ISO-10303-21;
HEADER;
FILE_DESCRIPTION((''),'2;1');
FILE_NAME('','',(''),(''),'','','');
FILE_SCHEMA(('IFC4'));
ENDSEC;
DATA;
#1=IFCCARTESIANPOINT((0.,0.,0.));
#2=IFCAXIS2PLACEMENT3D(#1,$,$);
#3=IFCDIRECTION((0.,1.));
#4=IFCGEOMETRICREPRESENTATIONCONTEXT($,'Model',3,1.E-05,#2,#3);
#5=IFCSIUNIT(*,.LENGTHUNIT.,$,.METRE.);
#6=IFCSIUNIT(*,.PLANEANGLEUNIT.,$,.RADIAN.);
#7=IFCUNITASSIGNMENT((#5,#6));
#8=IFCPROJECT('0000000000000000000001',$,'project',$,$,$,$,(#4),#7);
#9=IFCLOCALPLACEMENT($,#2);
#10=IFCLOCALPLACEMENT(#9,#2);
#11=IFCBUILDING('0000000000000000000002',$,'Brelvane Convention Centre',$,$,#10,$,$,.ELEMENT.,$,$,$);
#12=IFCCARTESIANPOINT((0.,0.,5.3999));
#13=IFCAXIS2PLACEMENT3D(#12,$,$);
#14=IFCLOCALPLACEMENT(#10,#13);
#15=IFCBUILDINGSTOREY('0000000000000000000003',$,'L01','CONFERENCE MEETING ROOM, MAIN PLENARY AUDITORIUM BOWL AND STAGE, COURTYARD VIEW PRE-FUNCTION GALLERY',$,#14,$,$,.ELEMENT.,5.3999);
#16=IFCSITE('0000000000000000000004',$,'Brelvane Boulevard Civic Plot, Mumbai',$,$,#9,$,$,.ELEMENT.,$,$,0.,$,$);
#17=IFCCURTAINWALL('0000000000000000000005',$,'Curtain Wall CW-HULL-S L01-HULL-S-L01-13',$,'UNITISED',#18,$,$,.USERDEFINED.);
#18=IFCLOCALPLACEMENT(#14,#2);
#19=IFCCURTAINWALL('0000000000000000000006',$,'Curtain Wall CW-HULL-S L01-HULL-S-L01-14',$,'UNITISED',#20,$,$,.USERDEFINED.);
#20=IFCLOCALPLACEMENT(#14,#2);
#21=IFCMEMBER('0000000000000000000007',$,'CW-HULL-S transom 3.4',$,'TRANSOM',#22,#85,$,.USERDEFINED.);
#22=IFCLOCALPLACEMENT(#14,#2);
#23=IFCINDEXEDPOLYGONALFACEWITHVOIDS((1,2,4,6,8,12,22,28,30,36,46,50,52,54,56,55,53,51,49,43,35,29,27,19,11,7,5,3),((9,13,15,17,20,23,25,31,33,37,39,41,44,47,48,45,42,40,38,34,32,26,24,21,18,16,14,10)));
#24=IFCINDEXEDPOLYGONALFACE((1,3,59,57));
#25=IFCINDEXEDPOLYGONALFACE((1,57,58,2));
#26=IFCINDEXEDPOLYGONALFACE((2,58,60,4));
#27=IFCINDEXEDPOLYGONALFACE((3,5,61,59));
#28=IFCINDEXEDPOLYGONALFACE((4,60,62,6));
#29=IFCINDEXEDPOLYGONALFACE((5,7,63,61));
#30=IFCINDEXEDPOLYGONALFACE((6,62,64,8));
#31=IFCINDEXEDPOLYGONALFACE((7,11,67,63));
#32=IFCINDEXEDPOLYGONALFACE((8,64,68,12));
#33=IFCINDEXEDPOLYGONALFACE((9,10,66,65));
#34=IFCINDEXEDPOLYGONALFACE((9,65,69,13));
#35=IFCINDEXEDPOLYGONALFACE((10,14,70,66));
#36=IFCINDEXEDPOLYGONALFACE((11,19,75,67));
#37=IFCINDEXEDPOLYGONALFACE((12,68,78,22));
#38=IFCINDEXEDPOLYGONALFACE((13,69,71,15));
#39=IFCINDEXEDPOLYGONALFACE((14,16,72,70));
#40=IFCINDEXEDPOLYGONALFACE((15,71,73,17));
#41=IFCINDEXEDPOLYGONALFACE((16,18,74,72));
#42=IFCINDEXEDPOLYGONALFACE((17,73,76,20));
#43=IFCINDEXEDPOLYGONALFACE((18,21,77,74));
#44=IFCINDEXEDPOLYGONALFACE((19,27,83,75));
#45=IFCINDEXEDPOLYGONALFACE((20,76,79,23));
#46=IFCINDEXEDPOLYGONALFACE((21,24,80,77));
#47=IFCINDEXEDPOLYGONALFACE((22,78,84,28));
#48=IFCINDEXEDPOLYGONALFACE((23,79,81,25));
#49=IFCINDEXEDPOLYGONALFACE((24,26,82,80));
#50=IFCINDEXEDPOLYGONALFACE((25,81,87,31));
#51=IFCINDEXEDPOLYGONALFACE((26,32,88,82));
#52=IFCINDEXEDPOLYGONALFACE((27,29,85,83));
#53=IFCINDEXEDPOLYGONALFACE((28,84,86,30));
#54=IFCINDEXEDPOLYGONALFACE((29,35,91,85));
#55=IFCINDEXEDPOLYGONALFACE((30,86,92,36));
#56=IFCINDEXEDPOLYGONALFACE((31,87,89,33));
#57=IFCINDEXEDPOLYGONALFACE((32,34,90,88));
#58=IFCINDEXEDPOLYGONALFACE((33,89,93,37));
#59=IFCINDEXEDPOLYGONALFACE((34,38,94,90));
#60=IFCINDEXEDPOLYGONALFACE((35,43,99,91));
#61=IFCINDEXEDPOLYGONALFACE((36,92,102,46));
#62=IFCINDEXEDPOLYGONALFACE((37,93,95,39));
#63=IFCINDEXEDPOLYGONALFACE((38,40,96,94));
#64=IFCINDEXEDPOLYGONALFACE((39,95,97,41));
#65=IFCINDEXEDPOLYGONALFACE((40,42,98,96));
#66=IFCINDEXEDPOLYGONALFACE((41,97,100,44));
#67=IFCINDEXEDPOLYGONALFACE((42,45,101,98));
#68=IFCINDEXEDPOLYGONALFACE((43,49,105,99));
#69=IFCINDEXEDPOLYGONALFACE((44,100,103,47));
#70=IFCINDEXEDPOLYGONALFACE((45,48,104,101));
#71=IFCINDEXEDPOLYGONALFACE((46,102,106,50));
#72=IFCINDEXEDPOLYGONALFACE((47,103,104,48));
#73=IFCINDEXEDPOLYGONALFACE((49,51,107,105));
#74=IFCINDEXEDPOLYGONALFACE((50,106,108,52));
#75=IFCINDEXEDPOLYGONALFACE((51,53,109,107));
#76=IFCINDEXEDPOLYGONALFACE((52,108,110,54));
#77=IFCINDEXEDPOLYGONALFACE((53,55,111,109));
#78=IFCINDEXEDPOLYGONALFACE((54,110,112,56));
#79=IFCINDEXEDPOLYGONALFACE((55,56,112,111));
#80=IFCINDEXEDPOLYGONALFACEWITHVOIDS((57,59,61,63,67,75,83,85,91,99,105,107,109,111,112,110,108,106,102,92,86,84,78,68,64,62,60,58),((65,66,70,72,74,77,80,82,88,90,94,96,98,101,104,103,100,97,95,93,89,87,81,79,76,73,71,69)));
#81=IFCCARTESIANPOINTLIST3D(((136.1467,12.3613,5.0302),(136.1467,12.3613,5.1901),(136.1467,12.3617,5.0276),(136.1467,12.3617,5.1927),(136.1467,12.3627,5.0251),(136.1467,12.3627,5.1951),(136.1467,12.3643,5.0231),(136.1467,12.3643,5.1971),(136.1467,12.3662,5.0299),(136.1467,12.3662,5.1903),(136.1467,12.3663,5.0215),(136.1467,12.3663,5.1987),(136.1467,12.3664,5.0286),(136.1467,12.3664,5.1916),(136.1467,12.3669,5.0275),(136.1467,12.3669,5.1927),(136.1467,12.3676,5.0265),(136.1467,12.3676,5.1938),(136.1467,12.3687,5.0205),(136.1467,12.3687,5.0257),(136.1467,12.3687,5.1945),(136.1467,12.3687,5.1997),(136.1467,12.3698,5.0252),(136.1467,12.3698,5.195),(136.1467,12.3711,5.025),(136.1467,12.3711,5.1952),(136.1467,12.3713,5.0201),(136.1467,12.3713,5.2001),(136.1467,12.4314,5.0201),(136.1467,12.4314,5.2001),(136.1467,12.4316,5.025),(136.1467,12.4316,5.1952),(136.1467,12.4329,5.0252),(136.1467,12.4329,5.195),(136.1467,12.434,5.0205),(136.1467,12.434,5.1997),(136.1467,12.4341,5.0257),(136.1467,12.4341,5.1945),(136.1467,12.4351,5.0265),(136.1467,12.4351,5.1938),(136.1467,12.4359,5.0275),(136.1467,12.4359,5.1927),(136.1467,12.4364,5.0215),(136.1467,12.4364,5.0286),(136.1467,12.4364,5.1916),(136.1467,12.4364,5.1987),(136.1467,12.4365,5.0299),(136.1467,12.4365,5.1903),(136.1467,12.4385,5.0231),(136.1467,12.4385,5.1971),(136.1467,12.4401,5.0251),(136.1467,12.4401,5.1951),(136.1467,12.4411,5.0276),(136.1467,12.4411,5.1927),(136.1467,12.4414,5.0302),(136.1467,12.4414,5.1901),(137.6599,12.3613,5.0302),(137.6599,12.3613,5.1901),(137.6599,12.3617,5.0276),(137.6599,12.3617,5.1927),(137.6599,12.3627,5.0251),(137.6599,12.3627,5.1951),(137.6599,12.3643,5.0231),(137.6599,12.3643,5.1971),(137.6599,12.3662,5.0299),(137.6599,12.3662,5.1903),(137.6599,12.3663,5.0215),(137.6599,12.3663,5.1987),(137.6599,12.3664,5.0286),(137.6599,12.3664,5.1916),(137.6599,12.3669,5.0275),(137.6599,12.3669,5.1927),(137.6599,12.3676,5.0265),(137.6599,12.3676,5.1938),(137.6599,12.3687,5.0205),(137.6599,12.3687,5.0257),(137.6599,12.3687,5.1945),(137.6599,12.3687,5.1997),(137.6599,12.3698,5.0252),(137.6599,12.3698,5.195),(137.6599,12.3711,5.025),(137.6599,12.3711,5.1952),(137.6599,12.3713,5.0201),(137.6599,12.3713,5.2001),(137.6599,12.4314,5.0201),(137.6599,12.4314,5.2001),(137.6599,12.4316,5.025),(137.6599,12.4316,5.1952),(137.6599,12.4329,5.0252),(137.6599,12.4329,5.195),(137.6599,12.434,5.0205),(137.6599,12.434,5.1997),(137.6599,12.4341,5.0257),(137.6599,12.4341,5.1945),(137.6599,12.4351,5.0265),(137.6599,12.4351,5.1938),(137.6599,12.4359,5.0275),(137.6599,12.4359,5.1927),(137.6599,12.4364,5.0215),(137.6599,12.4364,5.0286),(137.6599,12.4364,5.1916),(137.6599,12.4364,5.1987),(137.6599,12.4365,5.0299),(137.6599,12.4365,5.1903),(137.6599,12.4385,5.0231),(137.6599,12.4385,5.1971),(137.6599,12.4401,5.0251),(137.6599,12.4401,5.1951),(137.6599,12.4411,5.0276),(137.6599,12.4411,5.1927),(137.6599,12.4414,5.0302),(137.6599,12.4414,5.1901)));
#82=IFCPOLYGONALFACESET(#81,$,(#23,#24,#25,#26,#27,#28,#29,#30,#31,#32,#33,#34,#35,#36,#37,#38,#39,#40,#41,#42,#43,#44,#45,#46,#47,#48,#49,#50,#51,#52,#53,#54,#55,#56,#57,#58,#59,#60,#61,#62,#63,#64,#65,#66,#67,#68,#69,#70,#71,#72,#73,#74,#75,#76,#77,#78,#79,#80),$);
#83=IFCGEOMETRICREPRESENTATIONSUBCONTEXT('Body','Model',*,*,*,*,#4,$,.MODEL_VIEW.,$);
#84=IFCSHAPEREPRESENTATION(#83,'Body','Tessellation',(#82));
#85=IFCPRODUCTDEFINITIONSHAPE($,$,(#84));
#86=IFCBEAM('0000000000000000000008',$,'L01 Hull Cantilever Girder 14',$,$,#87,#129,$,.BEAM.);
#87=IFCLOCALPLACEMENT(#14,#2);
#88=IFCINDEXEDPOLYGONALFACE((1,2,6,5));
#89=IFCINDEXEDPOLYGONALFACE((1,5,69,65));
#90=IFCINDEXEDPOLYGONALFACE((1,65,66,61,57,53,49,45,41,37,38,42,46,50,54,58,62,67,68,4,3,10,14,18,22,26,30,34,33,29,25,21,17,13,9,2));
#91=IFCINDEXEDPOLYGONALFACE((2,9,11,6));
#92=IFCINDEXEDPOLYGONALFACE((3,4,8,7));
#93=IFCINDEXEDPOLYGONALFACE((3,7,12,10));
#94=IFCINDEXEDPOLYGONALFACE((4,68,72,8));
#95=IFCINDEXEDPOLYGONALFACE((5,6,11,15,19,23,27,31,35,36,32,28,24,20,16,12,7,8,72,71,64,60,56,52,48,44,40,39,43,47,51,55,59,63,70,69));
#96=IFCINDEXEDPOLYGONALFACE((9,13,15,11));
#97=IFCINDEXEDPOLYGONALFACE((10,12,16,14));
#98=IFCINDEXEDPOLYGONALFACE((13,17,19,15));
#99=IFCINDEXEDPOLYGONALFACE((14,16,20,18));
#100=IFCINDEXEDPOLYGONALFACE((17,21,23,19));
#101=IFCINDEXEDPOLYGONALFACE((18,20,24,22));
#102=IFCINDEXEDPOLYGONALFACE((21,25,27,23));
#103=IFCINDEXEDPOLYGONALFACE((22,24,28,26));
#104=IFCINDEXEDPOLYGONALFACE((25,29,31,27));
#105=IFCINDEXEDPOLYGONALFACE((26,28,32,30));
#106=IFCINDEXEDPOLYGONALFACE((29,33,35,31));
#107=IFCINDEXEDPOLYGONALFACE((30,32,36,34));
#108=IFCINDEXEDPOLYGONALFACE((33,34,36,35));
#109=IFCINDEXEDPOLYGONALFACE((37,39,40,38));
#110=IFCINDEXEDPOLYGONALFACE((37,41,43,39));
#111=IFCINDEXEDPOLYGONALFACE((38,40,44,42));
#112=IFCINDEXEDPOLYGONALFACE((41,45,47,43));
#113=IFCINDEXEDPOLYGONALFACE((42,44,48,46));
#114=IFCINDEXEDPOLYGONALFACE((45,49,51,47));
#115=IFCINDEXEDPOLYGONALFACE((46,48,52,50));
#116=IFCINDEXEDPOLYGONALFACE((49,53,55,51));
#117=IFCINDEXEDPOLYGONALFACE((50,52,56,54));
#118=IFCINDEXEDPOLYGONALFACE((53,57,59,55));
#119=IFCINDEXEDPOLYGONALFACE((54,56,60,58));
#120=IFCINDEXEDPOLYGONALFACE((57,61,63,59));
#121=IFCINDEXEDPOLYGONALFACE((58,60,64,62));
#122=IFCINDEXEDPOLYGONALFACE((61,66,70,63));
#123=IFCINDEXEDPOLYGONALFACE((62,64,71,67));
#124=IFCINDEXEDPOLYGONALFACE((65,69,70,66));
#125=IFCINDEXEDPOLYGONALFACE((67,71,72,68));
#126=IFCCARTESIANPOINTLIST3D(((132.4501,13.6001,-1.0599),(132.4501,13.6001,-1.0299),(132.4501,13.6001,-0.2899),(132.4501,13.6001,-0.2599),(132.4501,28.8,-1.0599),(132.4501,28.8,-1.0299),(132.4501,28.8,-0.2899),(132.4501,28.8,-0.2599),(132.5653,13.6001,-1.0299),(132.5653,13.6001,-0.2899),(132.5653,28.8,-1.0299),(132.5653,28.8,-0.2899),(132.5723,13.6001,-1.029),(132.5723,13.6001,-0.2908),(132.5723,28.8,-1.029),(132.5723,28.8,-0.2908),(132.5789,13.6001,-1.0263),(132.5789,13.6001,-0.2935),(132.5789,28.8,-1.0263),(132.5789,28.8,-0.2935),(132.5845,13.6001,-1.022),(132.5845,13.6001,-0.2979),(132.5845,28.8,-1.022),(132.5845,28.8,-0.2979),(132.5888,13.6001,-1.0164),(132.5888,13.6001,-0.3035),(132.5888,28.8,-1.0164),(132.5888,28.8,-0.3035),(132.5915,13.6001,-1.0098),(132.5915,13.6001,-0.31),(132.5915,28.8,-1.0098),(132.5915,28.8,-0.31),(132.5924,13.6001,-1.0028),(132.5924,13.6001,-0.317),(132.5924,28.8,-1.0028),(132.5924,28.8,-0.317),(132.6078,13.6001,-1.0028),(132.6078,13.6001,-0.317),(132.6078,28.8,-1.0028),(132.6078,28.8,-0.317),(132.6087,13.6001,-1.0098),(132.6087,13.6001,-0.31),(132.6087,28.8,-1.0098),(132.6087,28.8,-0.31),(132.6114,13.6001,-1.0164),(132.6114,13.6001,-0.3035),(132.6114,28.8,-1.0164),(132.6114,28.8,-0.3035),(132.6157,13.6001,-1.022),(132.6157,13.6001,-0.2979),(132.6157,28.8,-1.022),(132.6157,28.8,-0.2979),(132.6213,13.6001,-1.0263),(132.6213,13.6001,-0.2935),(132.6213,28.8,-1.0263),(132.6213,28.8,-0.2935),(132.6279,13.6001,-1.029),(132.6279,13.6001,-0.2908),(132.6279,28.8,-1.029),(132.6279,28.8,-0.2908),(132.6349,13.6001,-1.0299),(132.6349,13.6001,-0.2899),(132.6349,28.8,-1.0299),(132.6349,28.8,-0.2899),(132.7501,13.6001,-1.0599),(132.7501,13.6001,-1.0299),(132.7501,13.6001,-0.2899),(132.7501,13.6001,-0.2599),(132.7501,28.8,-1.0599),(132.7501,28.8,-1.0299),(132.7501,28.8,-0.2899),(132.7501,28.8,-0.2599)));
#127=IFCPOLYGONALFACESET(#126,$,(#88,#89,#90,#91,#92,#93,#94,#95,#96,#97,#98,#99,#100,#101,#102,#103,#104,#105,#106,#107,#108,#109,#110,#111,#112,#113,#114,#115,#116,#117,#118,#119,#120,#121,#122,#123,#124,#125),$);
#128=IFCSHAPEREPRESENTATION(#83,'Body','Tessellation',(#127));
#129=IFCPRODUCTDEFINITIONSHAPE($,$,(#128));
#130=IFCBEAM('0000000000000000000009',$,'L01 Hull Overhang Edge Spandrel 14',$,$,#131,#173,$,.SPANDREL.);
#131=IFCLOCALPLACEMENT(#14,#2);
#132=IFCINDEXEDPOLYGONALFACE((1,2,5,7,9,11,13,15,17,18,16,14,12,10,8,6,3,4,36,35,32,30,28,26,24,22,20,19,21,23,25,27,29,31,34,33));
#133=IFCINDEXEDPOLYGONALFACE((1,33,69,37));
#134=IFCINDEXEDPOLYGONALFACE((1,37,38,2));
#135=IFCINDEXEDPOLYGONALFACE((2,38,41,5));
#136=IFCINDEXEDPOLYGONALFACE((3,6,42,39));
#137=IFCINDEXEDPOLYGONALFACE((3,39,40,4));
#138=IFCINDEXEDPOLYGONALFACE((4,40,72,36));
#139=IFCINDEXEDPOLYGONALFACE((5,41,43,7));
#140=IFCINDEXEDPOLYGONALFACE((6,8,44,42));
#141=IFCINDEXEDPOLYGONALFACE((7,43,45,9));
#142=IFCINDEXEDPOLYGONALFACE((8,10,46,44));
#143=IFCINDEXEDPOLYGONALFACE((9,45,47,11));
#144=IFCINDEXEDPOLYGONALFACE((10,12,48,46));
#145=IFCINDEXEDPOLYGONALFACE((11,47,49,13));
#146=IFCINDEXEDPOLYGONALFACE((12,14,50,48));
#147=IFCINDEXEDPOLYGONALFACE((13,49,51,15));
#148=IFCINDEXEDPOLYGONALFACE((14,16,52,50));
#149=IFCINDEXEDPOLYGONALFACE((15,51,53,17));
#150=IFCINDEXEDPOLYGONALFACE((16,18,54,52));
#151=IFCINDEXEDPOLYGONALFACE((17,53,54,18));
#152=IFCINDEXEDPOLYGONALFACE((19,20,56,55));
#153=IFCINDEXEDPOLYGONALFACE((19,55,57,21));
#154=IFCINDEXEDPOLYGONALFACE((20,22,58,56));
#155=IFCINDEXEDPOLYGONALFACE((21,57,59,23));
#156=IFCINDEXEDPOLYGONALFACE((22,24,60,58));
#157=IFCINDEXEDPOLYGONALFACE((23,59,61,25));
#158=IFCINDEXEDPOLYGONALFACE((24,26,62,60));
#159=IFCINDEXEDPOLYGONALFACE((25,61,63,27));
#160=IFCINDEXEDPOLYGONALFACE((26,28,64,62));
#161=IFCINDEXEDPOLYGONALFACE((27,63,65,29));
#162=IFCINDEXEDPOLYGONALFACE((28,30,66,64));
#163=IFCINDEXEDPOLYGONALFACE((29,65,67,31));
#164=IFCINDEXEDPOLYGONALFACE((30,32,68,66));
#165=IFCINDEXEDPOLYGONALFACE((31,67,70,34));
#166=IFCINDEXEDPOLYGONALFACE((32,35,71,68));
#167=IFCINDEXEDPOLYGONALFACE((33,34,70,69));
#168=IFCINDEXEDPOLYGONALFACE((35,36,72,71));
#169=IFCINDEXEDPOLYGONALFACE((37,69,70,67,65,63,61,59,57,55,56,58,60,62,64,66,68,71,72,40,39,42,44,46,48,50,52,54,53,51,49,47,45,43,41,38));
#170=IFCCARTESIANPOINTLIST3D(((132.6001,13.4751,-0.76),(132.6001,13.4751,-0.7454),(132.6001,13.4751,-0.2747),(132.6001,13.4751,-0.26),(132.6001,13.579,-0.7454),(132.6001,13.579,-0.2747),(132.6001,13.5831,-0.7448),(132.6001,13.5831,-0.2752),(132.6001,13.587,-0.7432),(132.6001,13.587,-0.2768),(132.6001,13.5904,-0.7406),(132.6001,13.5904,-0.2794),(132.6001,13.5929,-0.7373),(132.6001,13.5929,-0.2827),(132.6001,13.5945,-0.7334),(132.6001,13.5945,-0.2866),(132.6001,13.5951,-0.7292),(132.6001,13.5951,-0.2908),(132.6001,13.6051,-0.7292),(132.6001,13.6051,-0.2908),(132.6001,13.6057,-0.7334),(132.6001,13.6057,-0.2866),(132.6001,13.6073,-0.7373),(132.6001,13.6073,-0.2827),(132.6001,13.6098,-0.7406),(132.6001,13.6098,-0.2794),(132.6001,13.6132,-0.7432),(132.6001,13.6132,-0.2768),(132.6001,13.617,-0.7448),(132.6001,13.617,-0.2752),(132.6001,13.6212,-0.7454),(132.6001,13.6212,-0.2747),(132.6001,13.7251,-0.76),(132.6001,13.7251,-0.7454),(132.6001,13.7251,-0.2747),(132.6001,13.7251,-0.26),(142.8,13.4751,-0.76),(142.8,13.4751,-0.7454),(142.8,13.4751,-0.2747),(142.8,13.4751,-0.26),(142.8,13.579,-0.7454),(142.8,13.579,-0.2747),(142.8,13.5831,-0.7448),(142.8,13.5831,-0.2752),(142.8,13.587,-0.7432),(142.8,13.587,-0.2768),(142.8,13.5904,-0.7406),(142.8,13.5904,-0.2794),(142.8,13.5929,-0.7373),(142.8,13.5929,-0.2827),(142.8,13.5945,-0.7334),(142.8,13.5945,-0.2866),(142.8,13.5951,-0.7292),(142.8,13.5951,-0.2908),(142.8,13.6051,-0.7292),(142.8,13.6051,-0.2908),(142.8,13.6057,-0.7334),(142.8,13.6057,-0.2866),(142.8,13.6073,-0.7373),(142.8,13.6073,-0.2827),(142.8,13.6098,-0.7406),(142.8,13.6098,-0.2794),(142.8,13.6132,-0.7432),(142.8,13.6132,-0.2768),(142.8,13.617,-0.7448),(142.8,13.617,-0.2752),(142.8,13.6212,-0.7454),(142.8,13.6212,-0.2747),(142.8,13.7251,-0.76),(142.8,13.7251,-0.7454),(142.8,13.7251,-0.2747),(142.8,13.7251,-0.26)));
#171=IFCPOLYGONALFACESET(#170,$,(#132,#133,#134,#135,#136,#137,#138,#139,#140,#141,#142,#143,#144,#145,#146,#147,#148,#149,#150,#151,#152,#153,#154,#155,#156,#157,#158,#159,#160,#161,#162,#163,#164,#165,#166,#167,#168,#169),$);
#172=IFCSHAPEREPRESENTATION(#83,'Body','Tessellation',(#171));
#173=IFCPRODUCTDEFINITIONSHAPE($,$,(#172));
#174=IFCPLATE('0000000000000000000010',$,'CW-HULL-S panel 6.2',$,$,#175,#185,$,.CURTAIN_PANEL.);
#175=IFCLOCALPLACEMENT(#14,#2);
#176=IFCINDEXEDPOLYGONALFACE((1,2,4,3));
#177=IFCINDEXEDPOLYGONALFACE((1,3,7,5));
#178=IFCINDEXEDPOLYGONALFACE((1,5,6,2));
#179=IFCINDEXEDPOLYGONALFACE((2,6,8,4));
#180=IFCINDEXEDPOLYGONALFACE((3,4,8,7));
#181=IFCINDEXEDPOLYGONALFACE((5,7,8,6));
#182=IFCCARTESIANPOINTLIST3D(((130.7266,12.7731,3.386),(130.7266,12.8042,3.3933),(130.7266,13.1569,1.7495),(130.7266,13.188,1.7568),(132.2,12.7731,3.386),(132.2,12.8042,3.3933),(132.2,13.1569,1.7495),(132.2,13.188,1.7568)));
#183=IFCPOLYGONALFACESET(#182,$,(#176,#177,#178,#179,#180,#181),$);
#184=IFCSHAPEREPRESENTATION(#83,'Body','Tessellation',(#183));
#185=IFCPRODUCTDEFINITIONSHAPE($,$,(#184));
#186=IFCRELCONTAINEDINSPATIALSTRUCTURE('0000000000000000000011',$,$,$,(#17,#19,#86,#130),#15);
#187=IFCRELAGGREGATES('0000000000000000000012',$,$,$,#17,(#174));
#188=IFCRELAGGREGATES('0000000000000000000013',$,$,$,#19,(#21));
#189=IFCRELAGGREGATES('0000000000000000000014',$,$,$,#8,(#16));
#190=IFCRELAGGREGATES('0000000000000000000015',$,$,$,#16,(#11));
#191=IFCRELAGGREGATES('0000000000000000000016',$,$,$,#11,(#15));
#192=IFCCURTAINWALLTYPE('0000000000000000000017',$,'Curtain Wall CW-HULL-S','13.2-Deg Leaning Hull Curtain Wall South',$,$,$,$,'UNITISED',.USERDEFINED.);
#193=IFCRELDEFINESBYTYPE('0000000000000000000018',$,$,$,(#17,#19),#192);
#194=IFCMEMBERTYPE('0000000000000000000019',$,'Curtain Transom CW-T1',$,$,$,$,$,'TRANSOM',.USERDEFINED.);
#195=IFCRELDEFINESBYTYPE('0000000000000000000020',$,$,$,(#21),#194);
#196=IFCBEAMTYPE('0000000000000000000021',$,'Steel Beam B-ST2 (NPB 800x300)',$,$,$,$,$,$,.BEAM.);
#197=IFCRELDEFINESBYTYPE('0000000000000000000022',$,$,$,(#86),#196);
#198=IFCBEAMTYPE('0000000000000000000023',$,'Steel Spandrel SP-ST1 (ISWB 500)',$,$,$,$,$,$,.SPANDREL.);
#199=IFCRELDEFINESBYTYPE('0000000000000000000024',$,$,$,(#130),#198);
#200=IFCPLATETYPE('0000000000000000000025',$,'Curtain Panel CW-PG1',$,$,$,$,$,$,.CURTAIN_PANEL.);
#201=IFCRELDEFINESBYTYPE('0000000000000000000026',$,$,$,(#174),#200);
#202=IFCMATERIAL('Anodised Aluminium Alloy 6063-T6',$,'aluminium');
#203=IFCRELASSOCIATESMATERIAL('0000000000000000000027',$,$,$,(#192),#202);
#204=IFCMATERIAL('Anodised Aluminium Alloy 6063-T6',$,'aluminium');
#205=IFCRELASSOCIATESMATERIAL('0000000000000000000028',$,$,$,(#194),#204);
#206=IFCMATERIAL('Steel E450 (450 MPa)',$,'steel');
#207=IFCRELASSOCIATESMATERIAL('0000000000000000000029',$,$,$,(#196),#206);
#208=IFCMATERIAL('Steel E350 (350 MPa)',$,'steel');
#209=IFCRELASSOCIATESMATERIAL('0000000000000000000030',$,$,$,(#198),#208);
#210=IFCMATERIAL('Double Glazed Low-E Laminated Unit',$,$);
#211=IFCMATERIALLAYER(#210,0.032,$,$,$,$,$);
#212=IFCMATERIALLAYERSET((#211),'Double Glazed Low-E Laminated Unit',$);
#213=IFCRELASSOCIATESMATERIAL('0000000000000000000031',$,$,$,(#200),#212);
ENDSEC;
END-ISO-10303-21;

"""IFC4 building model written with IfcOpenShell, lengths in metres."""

from ifc_helpers import new_model, si_unit, direction, frame, origin, origin_2d, place, context, subcontext, project, spatial, polyline, hollow_rectangle, i_section, outline, extrude, material, layer, layer_set, material_profile, profile_set, type_object, element, aggregate, save


model = new_model("IFC4")

# Units and contexts
model_context = context("Model", 3, precision=1e-05, world=origin(), true_north=direction((0.0, 1.0)))
body_context = subcontext(model_context, "Body", "Model", "MODEL_VIEW")
ifc_project = project(units=[si_unit("LENGTHUNIT", "METRE"), si_unit("PLANEANGLEUNIT", "RADIAN")], contexts=[model_context])

# Site, building, storey
site_placement = place(None, origin())
site = spatial("IfcSite", under=ifc_project, at=site_placement, Name="Brelvane Boulevard Civic Plot, Mumbai", CompositionType="ELEMENT", RefElevation=0.0)
building_placement = place(site_placement, origin())
building = spatial("IfcBuilding", under=site, at=building_placement, Name="Brelvane Convention Centre", CompositionType="ELEMENT")
storey_placement = place(building_placement, frame((0.0, 0.0, 5.3999)))
storey = spatial("IfcBuildingStorey", under=building, at=storey_placement, Name="L01", Description="CONFERENCE MEETING ROOM, MAIN PLENARY AUDITORIUM BOWL AND STAGE, COURTYARD VIEW PRE-FUNCTION GALLERY", CompositionType="ELEMENT", Elevation=5.3999)

# Curtain walls
ifc_material_1 = material(Name="Anodised Aluminium Alloy 6063-T6", Category="aluminium")
curtain_wall_type = type_object("IfcCurtainWallType", Name="Curtain Wall CW-HULL-S", Description="13.2-Deg Leaning Hull Curtain Wall South", ElementType="UNITISED", PredefinedType="USERDEFINED", material=ifc_material_1)
curtain_wall_1_placement = place(storey_placement, origin())
curtain_wall_1 = element("IfcCurtainWall", 1, at=curtain_wall_1_placement, inside=storey, type_object=curtain_wall_type, Name="Curtain Wall CW-HULL-S L01-HULL-S-L01-13", ObjectType="UNITISED", PredefinedType="USERDEFINED")
curtain_wall_2_placement = place(storey_placement, origin())
curtain_wall_2 = element("IfcCurtainWall", 2, at=curtain_wall_2_placement, inside=storey, type_object=curtain_wall_type, Name="Curtain Wall CW-HULL-S L01-HULL-S-L01-14", ObjectType="UNITISED", PredefinedType="USERDEFINED")

# Member
ifc_material_2 = material(Name="Anodised Aluminium Alloy 6063-T6", Category="aluminium")
ifc_material_profile_1 = material_profile(ifc_material_2, hollow_rectangle(XDim=0.0801, YDim=0.1799, WallThickness=0.0049, InnerFilletRadius=0.0049, OuterFilletRadius=0.01, at=origin_2d()), Name="ALU-T 180x80x5.0")
ifc_profile_set_1 = profile_set([ifc_material_profile_1], Name="Anodised Aluminium Alloy 6063-T6")
member_type_1 = type_object("IfcMemberType", Name="Curtain Transom CW-T1", ElementType="TRANSOM", PredefinedType="USERDEFINED", material=ifc_profile_set_1)
member_1_placement = place(storey_placement, frame((136.1467, 12.4014, 5.1101), z_axis=(1.0, 0.0, 0.0), x_axis=(0.0, 1.0, 0.0)))
member_1 = element("IfcMember", 3, at=member_1_placement, type_object=member_type_1, Name="CW-HULL-S transom 3.4", ObjectType="TRANSOM", PredefinedType="USERDEFINED", context=body_context, shape_type="SweptSolid", body=[
    extrude(hollow_rectangle(XDim=0.0801, YDim=0.1799, WallThickness=0.0049, InnerFilletRadius=0.0049, OuterFilletRadius=0.01, at=origin_2d()), origin(), (0.0, 0.0, 1.0), 1.5132),
])

# Beams
ifc_material_3 = material(Name="Steel E450 (450 MPa)", Category="steel")
ifc_material_profile_2 = material_profile(ifc_material_3, i_section(OverallWidth=0.3, OverallDepth=0.8, WebThickness=0.0154, FlangeThickness=0.03, FilletRadius=0.0271, at=origin_2d()), Name="NPB 800x300")
ifc_profile_set_2 = profile_set([ifc_material_profile_2], Name="Steel E450 (450 MPa)")
beam_type_1 = type_object("IfcBeamType", Name="Steel Beam B-ST2 (NPB 800x300)", PredefinedType="BEAM", material=ifc_profile_set_2)
beam_1_placement = place(storey_placement, frame((132.6001, 13.6001, -0.6599), z_axis=(0.0, 1.0, 0.0), x_axis=(-1.0, 0.0, 0.0)))
element("IfcBeam", 4, at=beam_1_placement, inside=storey, type_object=beam_type_1, Name="L01 Hull Cantilever Girder 14", PredefinedType="BEAM", context=body_context, shape_type="SweptSolid", body=[
    extrude(i_section(OverallWidth=0.3, OverallDepth=0.8, WebThickness=0.0154, FlangeThickness=0.03, FilletRadius=0.0271, at=origin_2d()), origin(), (0.0, 0.0, 1.0), 15.2),
])
ifc_material_4 = material(Name="Steel E350 (350 MPa)", Category="steel")
ifc_material_profile_3 = material_profile(ifc_material_4, i_section(OverallWidth=0.25, OverallDepth=0.5, WebThickness=0.01, FlangeThickness=0.0146, FilletRadius=0.0161, at=origin_2d()), Name="ISWB 500")
ifc_profile_set_3 = profile_set([ifc_material_profile_3], Name="Steel E350 (350 MPa)")
beam_type_2 = type_object("IfcBeamType", Name="Steel Spandrel SP-ST1 (ISWB 500)", PredefinedType="SPANDREL", material=ifc_profile_set_3)
beam_2_placement = place(storey_placement, frame((132.6001, 13.6001, -0.51), z_axis=(1.0, 0.0, 0.0), x_axis=(0.0, 1.0, 0.0)))
element("IfcBeam", 5, at=beam_2_placement, inside=storey, type_object=beam_type_2, Name="L01 Hull Overhang Edge Spandrel 14", PredefinedType="SPANDREL", context=body_context, shape_type="SweptSolid", body=[
    extrude(i_section(OverallWidth=0.25, OverallDepth=0.5, WebThickness=0.01, FlangeThickness=0.0146, FilletRadius=0.0161, at=origin_2d()), origin(), (0.0, 0.0, 1.0), 10.2),
])

# Plate
ifc_material_5 = material(Name="Double Glazed Low-E Laminated Unit")
ifc_layer_1 = layer(ifc_material_5, 0.032)
ifc_layer_set_1 = layer_set([ifc_layer_1], Name="Double Glazed Low-E Laminated Unit")
plate_type_1 = type_object("IfcPlateType", Name="Curtain Panel CW-PG1", PredefinedType="CURTAIN_PANEL", material=ifc_layer_set_1)
plate_1_placement = place(storey_placement, frame((130.7266, 13.188, 1.7568), z_axis=(0.0, 0.973585, 0.228327), x_axis=(1.0, 0.0, 0.0)))
plate_1 = element("IfcPlate", 6, at=plate_1_placement, type_object=plate_type_1, Name="CW-HULL-S panel 6.2", PredefinedType="CURTAIN_PANEL", context=body_context, shape_type="SweptSolid", body=[
    extrude(outline(polyline([(0.0, 0.0), (1.4734, 0.0), (1.4734, -1.6809), (0.0, -1.6809), (0.0, 0.0)])), origin(), (0.0, 0.0, -1.0), 0.032),
])
aggregate(curtain_wall_1, [plate_1])
aggregate(curtain_wall_2, [member_1])

save(model, "model.ifc")
